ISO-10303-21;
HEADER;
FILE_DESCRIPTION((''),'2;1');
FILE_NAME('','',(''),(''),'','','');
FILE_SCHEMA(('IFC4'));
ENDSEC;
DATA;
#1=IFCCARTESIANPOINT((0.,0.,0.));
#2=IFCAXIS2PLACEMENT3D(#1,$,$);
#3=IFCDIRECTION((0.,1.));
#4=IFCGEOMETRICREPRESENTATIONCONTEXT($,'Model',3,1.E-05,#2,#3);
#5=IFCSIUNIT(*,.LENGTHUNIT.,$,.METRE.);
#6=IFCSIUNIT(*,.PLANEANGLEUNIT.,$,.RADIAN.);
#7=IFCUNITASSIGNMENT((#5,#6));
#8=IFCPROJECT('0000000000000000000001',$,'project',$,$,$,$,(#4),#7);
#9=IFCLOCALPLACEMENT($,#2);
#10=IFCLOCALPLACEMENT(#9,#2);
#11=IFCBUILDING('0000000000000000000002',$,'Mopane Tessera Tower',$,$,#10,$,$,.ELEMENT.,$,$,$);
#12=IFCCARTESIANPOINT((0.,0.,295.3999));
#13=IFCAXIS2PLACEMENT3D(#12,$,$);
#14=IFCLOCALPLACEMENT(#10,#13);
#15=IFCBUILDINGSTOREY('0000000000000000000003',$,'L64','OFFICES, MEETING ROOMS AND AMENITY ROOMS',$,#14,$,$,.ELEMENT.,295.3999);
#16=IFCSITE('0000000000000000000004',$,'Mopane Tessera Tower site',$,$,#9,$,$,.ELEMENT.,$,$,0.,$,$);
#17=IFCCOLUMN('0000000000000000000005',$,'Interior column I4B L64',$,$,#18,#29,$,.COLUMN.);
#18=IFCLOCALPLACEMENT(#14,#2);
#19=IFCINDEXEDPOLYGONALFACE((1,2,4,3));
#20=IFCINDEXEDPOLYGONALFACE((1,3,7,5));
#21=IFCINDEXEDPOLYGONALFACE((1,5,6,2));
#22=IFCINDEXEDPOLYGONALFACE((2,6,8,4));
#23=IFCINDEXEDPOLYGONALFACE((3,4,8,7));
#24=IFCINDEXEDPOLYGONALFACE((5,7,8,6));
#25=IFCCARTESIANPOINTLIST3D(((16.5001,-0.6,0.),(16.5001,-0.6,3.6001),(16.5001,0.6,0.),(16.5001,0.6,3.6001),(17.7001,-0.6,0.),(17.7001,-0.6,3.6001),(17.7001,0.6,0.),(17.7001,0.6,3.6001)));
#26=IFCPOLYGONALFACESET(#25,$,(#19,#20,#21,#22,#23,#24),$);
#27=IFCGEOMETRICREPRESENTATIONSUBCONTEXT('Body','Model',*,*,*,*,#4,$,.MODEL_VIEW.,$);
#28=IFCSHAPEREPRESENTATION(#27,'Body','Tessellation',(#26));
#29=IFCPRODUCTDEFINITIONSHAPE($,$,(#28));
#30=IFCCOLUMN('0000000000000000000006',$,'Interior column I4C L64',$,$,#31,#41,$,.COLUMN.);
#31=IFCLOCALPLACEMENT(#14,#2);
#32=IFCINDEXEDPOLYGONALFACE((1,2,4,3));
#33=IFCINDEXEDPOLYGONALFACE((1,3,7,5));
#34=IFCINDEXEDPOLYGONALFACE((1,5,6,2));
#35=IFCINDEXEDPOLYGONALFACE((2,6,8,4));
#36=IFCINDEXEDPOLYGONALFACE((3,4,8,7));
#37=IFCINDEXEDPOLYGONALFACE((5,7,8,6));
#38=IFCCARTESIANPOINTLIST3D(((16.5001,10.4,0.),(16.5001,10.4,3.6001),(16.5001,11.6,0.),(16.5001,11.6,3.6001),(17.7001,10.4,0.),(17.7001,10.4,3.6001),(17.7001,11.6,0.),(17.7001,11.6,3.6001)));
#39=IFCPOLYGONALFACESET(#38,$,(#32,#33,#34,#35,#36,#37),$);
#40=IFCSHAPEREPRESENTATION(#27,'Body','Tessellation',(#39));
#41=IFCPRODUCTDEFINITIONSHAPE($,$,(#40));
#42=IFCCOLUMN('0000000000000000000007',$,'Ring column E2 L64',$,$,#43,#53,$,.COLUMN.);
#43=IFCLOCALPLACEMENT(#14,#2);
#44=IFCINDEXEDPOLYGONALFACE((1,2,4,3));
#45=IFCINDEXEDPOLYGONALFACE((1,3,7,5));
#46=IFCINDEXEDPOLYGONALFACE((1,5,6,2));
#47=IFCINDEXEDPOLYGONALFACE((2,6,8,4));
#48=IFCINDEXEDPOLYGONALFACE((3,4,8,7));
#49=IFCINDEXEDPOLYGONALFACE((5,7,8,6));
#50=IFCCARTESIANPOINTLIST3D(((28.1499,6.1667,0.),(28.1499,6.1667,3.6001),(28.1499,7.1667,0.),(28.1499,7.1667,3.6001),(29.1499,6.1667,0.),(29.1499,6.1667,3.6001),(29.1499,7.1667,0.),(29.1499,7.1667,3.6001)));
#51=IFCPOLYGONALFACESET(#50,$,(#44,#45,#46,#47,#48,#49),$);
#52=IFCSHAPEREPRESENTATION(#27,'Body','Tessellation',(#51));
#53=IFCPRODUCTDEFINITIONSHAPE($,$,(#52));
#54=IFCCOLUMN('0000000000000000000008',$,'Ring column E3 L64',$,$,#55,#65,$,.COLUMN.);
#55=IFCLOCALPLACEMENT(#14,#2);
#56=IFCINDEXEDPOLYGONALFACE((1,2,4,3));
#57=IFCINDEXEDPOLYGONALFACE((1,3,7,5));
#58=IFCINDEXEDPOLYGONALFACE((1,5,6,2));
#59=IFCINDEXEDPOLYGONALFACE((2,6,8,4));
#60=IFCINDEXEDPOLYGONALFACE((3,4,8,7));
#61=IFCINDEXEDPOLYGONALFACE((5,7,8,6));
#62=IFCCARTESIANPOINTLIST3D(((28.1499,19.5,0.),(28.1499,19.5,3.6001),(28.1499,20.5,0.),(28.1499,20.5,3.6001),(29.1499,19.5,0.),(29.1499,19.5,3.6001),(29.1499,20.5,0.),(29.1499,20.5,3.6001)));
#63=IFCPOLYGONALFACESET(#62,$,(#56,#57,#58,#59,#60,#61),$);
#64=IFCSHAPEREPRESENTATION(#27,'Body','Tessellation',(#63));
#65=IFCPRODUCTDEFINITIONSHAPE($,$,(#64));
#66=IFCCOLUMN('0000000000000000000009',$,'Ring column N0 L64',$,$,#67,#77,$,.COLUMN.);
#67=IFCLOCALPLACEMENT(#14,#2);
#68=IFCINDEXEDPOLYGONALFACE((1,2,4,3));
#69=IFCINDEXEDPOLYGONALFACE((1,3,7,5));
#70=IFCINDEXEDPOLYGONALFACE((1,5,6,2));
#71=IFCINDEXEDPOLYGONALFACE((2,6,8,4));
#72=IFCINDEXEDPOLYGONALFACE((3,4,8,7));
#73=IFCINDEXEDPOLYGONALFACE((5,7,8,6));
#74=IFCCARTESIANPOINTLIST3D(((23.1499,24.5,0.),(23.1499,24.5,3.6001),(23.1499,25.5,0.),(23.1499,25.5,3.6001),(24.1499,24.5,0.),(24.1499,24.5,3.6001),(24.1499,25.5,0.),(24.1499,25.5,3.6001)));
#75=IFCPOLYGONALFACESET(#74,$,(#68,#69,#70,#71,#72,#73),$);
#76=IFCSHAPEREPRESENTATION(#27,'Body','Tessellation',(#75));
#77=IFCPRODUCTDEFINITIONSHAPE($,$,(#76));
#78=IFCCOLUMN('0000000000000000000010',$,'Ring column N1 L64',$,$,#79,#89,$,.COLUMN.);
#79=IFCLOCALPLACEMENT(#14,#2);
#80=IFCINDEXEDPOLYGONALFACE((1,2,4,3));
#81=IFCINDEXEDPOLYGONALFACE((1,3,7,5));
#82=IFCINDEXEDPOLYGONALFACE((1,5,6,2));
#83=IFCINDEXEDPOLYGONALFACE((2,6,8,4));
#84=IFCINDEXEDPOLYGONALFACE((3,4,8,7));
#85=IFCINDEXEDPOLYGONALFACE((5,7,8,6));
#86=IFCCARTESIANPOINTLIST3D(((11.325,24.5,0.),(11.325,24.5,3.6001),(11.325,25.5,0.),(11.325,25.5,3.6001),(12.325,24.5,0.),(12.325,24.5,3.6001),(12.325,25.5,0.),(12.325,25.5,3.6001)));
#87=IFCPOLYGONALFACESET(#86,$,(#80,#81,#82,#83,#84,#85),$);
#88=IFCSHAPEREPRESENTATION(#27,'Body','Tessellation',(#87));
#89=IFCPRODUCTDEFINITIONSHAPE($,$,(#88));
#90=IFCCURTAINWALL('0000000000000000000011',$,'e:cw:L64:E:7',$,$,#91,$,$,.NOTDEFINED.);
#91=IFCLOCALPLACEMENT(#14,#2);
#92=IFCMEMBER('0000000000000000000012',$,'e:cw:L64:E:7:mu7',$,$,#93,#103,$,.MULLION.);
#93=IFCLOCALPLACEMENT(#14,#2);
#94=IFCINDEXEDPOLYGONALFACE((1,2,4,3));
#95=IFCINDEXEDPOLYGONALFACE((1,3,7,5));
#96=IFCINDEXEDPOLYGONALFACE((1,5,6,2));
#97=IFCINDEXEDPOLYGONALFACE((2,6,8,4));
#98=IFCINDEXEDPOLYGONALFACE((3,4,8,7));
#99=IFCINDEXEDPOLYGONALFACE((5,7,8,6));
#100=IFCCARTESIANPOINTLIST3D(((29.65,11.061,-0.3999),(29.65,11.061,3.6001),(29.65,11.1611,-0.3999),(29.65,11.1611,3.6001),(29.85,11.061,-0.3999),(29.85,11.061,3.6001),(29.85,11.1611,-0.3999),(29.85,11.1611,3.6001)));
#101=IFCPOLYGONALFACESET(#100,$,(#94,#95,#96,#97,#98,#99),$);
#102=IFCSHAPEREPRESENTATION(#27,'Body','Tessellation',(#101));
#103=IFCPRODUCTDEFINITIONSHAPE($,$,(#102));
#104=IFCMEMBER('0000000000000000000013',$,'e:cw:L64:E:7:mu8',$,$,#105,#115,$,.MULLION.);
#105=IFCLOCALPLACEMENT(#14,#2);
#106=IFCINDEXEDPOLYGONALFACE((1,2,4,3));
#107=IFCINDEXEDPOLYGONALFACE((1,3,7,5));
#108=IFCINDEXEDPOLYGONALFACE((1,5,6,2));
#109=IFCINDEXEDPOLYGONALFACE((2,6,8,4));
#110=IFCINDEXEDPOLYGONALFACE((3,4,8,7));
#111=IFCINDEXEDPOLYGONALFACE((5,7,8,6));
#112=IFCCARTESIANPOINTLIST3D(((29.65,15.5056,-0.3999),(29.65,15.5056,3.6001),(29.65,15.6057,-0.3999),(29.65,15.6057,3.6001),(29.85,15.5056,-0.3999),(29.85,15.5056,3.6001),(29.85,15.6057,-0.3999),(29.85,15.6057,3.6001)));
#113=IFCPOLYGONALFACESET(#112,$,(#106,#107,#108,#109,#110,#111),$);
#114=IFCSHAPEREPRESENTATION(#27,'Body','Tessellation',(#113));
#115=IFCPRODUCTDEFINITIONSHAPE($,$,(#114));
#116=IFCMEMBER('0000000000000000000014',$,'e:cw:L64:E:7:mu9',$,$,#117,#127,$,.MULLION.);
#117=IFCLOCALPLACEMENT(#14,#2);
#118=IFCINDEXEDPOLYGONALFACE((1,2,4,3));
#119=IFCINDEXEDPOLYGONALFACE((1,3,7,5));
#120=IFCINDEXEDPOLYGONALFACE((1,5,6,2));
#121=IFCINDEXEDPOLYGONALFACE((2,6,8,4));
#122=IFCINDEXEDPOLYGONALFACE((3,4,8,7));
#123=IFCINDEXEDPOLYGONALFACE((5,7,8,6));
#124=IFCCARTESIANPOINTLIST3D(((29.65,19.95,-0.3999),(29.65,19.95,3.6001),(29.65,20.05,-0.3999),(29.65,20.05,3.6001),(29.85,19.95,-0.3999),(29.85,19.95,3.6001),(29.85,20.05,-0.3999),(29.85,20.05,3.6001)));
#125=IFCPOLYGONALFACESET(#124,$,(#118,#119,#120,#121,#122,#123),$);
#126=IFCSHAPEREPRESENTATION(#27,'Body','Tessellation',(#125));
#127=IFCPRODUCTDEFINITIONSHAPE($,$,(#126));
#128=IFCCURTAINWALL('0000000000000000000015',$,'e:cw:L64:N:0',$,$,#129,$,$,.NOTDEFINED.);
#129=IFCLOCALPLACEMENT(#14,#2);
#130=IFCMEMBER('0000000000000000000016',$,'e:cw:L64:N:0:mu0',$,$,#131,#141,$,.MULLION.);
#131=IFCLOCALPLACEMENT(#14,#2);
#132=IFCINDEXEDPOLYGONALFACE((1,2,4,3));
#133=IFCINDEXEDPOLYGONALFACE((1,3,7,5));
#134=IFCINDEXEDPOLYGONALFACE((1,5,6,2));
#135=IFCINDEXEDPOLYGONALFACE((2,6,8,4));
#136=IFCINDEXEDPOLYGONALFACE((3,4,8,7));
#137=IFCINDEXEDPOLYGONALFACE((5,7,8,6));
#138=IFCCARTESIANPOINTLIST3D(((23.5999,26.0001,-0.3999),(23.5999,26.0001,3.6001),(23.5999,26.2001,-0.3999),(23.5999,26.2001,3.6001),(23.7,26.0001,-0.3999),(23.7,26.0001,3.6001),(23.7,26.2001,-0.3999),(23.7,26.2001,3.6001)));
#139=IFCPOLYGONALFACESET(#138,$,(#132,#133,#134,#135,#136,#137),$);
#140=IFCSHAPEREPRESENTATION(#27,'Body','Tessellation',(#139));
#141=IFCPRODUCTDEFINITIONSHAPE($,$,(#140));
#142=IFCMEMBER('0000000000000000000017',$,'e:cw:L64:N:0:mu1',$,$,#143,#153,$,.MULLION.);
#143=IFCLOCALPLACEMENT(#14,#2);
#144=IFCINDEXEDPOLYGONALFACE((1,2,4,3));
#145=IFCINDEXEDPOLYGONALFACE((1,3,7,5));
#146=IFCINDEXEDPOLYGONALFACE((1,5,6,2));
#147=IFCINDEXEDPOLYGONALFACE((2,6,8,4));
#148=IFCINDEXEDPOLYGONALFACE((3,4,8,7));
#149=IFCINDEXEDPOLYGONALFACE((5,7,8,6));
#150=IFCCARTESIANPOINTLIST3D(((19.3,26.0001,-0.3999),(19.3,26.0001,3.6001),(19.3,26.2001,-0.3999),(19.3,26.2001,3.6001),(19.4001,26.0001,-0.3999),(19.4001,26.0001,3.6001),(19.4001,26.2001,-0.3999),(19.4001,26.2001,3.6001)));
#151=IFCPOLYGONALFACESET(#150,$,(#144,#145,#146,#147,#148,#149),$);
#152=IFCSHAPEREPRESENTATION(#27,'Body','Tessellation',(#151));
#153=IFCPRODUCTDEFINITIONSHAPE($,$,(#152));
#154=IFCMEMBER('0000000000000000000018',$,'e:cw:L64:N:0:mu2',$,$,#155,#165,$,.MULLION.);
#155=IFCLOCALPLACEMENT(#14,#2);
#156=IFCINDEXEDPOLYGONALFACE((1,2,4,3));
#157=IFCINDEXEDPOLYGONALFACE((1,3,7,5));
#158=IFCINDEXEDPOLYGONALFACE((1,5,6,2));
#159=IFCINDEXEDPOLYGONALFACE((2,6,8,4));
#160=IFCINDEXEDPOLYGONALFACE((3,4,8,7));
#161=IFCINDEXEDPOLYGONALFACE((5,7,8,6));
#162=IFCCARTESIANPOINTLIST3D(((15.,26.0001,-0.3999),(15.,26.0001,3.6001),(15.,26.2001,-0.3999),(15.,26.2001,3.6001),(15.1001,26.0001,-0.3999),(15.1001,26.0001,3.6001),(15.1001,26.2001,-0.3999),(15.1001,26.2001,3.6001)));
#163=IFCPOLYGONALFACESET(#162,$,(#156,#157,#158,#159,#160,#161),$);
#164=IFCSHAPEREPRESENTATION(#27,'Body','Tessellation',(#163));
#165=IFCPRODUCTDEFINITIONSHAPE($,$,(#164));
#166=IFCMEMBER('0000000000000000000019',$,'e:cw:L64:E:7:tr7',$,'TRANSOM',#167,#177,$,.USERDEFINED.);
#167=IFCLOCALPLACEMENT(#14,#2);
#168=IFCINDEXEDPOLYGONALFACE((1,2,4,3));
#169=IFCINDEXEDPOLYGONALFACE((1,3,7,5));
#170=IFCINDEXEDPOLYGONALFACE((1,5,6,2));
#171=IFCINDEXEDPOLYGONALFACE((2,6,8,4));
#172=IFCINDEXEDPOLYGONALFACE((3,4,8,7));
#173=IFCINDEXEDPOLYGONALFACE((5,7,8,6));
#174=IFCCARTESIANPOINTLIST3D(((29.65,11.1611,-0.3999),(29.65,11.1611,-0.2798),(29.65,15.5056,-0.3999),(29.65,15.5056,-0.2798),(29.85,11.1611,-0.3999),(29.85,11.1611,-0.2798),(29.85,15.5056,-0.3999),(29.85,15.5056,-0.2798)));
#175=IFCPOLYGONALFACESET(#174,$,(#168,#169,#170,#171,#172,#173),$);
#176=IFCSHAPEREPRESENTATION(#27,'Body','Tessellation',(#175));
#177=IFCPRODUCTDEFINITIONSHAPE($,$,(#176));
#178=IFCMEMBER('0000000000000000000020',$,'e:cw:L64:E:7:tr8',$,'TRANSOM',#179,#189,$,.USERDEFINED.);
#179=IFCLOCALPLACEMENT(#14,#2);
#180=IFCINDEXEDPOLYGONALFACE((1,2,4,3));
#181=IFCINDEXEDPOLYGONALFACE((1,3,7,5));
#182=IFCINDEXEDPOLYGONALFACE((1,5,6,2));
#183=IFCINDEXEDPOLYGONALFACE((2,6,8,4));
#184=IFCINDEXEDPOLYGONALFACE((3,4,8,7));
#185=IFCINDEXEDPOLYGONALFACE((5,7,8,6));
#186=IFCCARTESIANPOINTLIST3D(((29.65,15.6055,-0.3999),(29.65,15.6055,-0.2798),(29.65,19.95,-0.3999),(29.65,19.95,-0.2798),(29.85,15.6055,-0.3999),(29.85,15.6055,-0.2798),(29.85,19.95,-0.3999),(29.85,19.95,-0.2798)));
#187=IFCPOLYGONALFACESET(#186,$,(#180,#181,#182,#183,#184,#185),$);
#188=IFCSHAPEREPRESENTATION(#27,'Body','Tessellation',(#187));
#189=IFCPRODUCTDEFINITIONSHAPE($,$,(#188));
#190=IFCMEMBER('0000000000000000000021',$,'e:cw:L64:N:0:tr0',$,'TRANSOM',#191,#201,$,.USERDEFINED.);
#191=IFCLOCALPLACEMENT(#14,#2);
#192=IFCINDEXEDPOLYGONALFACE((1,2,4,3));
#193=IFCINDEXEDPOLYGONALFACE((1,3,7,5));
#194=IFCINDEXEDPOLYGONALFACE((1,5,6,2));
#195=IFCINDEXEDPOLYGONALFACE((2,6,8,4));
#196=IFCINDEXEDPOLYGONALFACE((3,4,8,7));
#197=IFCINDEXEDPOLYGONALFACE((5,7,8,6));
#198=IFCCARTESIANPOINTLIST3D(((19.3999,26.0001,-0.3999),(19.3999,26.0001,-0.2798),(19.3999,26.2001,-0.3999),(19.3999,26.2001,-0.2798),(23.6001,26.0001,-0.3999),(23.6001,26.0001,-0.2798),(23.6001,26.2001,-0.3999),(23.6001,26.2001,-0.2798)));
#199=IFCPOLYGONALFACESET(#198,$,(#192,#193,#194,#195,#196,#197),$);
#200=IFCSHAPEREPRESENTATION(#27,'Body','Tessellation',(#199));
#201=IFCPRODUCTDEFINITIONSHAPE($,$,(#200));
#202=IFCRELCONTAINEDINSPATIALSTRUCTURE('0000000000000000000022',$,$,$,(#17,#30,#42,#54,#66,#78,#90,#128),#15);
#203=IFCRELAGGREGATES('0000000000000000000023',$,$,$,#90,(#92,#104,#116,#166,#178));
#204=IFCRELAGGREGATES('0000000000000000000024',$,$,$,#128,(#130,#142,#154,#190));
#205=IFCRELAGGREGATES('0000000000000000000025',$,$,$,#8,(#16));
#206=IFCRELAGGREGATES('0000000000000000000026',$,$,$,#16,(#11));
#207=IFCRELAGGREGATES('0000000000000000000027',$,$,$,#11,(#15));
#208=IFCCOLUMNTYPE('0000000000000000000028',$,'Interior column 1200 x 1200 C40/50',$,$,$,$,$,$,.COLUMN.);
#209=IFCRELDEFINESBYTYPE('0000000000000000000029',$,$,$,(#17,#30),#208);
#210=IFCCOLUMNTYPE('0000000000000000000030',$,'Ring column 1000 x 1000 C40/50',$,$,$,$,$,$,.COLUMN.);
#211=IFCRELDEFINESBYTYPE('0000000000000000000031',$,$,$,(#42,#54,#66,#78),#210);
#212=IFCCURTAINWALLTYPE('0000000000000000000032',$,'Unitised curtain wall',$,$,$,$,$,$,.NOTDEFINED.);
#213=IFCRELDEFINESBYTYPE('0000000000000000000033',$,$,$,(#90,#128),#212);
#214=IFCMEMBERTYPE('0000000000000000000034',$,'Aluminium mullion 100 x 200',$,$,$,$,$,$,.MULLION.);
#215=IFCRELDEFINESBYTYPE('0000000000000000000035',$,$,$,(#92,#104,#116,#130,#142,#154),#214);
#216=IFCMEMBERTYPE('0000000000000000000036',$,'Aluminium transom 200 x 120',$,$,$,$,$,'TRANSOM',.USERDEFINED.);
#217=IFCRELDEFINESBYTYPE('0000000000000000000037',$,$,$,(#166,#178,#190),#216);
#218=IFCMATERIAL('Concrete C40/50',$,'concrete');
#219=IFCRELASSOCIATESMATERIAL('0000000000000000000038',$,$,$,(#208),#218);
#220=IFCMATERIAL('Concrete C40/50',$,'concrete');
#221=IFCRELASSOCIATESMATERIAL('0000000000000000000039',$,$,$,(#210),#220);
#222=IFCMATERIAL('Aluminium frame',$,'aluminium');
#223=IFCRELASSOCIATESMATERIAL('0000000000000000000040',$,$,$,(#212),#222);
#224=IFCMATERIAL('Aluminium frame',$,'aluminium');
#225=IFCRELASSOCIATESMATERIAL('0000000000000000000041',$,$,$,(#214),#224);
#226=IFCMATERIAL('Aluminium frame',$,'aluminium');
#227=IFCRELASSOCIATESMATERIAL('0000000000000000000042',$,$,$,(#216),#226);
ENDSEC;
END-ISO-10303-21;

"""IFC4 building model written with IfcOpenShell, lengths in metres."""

from ifc_helpers import new_model, si_unit, direction, frame, origin, origin_2d, place, context, subcontext, project, spatial, rectangle, extrude, material, material_profile, profile_set, type_object, element, aggregate, save


model = new_model("IFC4")

# Units and contexts
model_context = context("Model", 3, precision=1e-05, world=origin(), true_north=direction((0.0, 1.0)))
body_context = subcontext(model_context, "Body", "Model", "MODEL_VIEW")
ifc_project = project(units=[si_unit("LENGTHUNIT", "METRE"), si_unit("PLANEANGLEUNIT", "RADIAN")], contexts=[model_context])

# Site, building, storey
site_placement = place(None, origin())
site = spatial("IfcSite", under=ifc_project, at=site_placement, Name="Mopane Tessera Tower site", CompositionType="ELEMENT", RefElevation=0.0)
building_placement = place(site_placement, origin())
building = spatial("IfcBuilding", under=site, at=building_placement, Name="Mopane Tessera Tower", CompositionType="ELEMENT")
storey_placement = place(building_placement, frame((0.0, 0.0, 295.3999)))
storey = spatial("IfcBuildingStorey", under=building, at=storey_placement, Name="L64", Description="OFFICES, MEETING ROOMS AND AMENITY ROOMS", CompositionType="ELEMENT", Elevation=295.3999)

# Columns
ifc_material_1 = material(Name="Concrete C40/50", Category="concrete")
ifc_material_profile_1 = material_profile(ifc_material_1, rectangle(XDim=1.2, YDim=1.2, at=origin_2d()))
ifc_profile_set_1 = profile_set([ifc_material_profile_1], Name="Concrete C40/50")
column_type_1 = type_object("IfcColumnType", Name="Interior column 1200 x 1200 C40/50", PredefinedType="COLUMN", material=ifc_profile_set_1)
for number, where, z_axis, x_axis, name in (
    (1, (17.1001, 0.0, 0.0), (0.0, 0.0, 1.0), (1.0, 0.0, 0.0), "Interior column I4B L64"),
    (2, (17.1001, 11.0, 0.0), (0.0, 0.0, 1.0), (1.0, 0.0, 0.0), "Interior column I4C L64"),
):
    element("IfcColumn", number, at=place(storey_placement, frame(where, z_axis=z_axis, x_axis=x_axis)), inside=storey, type_object=column_type_1, Name=name, PredefinedType="COLUMN", context=body_context, shape_type="SweptSolid", body=[
        extrude(rectangle(XDim=1.2, YDim=1.2, at=origin_2d()), origin(), (0.0, 0.0, 1.0), 3.6001),
    ])
ifc_material_2 = material(Name="Concrete C40/50", Category="concrete")
ifc_material_profile_2 = material_profile(ifc_material_2, rectangle(XDim=1.0, YDim=1.0, at=origin_2d()))
ifc_profile_set_2 = profile_set([ifc_material_profile_2], Name="Concrete C40/50")
column_type_2 = type_object("IfcColumnType", Name="Ring column 1000 x 1000 C40/50", PredefinedType="COLUMN", material=ifc_profile_set_2)
for number, where, z_axis, x_axis, name in (
    (3, (28.6499, 6.6667, 0.0), (0.0, 0.0, 1.0), (1.0, 0.0, 0.0), "Ring column E2 L64"),
    (4, (28.6499, 20.0, 0.0), (0.0, 0.0, 1.0), (1.0, 0.0, 0.0), "Ring column E3 L64"),
    (5, (23.6499, 25.0, 0.0), (0.0, 0.0, 1.0), (1.0, 0.0, 0.0), "Ring column N0 L64"),
    (6, (11.825, 25.0, 0.0), (0.0, 0.0, 1.0), (1.0, 0.0, 0.0), "Ring column N1 L64"),
):
    element("IfcColumn", number, at=place(storey_placement, frame(where, z_axis=z_axis, x_axis=x_axis)), inside=storey, type_object=column_type_2, Name=name, PredefinedType="COLUMN", context=body_context, shape_type="SweptSolid", body=[
        extrude(rectangle(XDim=1.0, YDim=1.0, at=origin_2d()), origin(), (0.0, 0.0, 1.0), 3.6001),
    ])

# Curtain walls, members
ifc_material_3 = material(Name="Aluminium frame", Category="aluminium")
curtain_wall_type = type_object("IfcCurtainWallType", Name="Unitised curtain wall", PredefinedType="NOTDEFINED", material=ifc_material_3)
curtain_wall_1_placement = place(storey_placement, origin())
curtain_wall_1 = element("IfcCurtainWall", 7, at=curtain_wall_1_placement, inside=storey, type_object=curtain_wall_type, Name="e:cw:L64:E:7", PredefinedType="NOTDEFINED")
ifc_material_4 = material(Name="Aluminium frame", Category="aluminium")
ifc_material_profile_3 = material_profile(ifc_material_4, rectangle(XDim=0.1001, YDim=0.2, at=origin_2d()))
ifc_profile_set_3 = profile_set([ifc_material_profile_3], Name="Aluminium frame")
member_type_1 = type_object("IfcMemberType", Name="Aluminium mullion 100 x 200", PredefinedType="MULLION", material=ifc_profile_set_3)
member_1_placement = place(storey_placement, frame((29.75, 11.1111, -0.3999), z_axis=(0.0, 0.0, 1.0), x_axis=(0.0, 1.0, 0.0)))
member_1 = element("IfcMember", 8, at=member_1_placement, type_object=member_type_1, Name="e:cw:L64:E:7:mu7", PredefinedType="MULLION", context=body_context, shape_type="SweptSolid", body=[
    extrude(rectangle(XDim=0.1001, YDim=0.2, at=origin_2d()), origin(), (0.0, 0.0, 1.0), 4.0),
])
member_2_placement = place(storey_placement, frame((29.75, 15.5557, -0.3999), z_axis=(0.0, 0.0, 1.0), x_axis=(0.0, 1.0, 0.0)))
member_2 = element("IfcMember", 9, at=member_2_placement, type_object=member_type_1, Name="e:cw:L64:E:7:mu8", PredefinedType="MULLION", context=body_context, shape_type="SweptSolid", body=[
    extrude(rectangle(XDim=0.1001, YDim=0.2, at=origin_2d()), origin(), (0.0, 0.0, 1.0), 4.0),
])
member_3_placement = place(storey_placement, frame((29.75, 20.0, -0.3999), z_axis=(0.0, 0.0, 1.0), x_axis=(0.0, 1.0, 0.0)))
member_3 = element("IfcMember", 10, at=member_3_placement, type_object=member_type_1, Name="e:cw:L64:E:7:mu9", PredefinedType="MULLION", context=body_context, shape_type="SweptSolid", body=[
    extrude(rectangle(XDim=0.1001, YDim=0.2, at=origin_2d()), origin(), (0.0, 0.0, 1.0), 4.0),
])
curtain_wall_2_placement = place(storey_placement, origin())
curtain_wall_2 = element("IfcCurtainWall", 11, at=curtain_wall_2_placement, inside=storey, type_object=curtain_wall_type, Name="e:cw:L64:N:0", PredefinedType="NOTDEFINED")
member_4_placement = place(storey_placement, frame((23.6499, 26.1001, -0.3999), z_axis=(0.0, 0.0, 1.0), x_axis=(-1.0, 0.0, 0.0)))
member_4 = element("IfcMember", 12, at=member_4_placement, type_object=member_type_1, Name="e:cw:L64:N:0:mu0", PredefinedType="MULLION", context=body_context, shape_type="SweptSolid", body=[
    extrude(rectangle(XDim=0.1001, YDim=0.2, at=origin_2d()), origin(), (0.0, 0.0, 1.0), 4.0),
])
member_5_placement = place(storey_placement, frame((19.3501, 26.1001, -0.3999), z_axis=(0.0, 0.0, 1.0), x_axis=(-1.0, 0.0, 0.0)))
member_5 = element("IfcMember", 13, at=member_5_placement, type_object=member_type_1, Name="e:cw:L64:N:0:mu1", PredefinedType="MULLION", context=body_context, shape_type="SweptSolid", body=[
    extrude(rectangle(XDim=0.1001, YDim=0.2, at=origin_2d()), origin(), (0.0, 0.0, 1.0), 4.0),
])
member_6_placement = place(storey_placement, frame((15.05, 26.1001, -0.3999), z_axis=(0.0, 0.0, 1.0), x_axis=(-1.0, 0.0, 0.0)))
member_6 = element("IfcMember", 14, at=member_6_placement, type_object=member_type_1, Name="e:cw:L64:N:0:mu2", PredefinedType="MULLION", context=body_context, shape_type="SweptSolid", body=[
    extrude(rectangle(XDim=0.1001, YDim=0.2, at=origin_2d()), origin(), (0.0, 0.0, 1.0), 4.0),
])

# Members
ifc_material_5 = material(Name="Aluminium frame", Category="aluminium")
ifc_material_profile_4 = material_profile(ifc_material_5, rectangle(XDim=0.2, YDim=0.1201, at=origin_2d()))
ifc_profile_set_4 = profile_set([ifc_material_profile_4], Name="Aluminium frame")
member_type_2 = type_object("IfcMemberType", Name="Aluminium transom 200 x 120", ElementType="TRANSOM", PredefinedType="USERDEFINED", material=ifc_profile_set_4)
member_7_placement = place(storey_placement, frame((29.75, 11.1611, -0.3398), z_axis=(0.0, 1.0, 0.0), x_axis=(-1.0, 0.0, 0.0)))
member_7 = element("IfcMember", 15, at=member_7_placement, type_object=member_type_2, Name="e:cw:L64:E:7:tr7", ObjectType="TRANSOM", PredefinedType="USERDEFINED", context=body_context, shape_type="SweptSolid", body=[
    extrude(rectangle(XDim=0.2, YDim=0.1201, at=origin_2d()), origin(), (0.0, 0.0, 1.0), 4.3445),
])
member_8_placement = place(storey_placement, frame((29.75, 15.6055, -0.3398), z_axis=(0.0, 1.0, 0.0), x_axis=(-1.0, 0.0, 0.0)))
member_8 = element("IfcMember", 16, at=member_8_placement, type_object=member_type_2, Name="e:cw:L64:E:7:tr8", ObjectType="TRANSOM", PredefinedType="USERDEFINED", context=body_context, shape_type="SweptSolid", body=[
    extrude(rectangle(XDim=0.2, YDim=0.1201, at=origin_2d()), origin(), (0.0, 0.0, 1.0), 4.3445),
])
member_9_placement = place(storey_placement, frame((23.6001, 26.1001, -0.3398), z_axis=(-1.0, 0.0, 0.0), x_axis=(0.0, -1.0, 0.0)))
member_9 = element("IfcMember", 17, at=member_9_placement, type_object=member_type_2, Name="e:cw:L64:N:0:tr0", ObjectType="TRANSOM", PredefinedType="USERDEFINED", context=body_context, shape_type="SweptSolid", body=[
    extrude(rectangle(XDim=0.2, YDim=0.1201, at=origin_2d()), origin(), (0.0, 0.0, 1.0), 4.2002),
])

aggregate(curtain_wall_1, [member_1, member_2, member_3, member_7, member_8])
aggregate(curtain_wall_2, [member_4, member_5, member_6, member_9])

save(model, "model.ifc")
